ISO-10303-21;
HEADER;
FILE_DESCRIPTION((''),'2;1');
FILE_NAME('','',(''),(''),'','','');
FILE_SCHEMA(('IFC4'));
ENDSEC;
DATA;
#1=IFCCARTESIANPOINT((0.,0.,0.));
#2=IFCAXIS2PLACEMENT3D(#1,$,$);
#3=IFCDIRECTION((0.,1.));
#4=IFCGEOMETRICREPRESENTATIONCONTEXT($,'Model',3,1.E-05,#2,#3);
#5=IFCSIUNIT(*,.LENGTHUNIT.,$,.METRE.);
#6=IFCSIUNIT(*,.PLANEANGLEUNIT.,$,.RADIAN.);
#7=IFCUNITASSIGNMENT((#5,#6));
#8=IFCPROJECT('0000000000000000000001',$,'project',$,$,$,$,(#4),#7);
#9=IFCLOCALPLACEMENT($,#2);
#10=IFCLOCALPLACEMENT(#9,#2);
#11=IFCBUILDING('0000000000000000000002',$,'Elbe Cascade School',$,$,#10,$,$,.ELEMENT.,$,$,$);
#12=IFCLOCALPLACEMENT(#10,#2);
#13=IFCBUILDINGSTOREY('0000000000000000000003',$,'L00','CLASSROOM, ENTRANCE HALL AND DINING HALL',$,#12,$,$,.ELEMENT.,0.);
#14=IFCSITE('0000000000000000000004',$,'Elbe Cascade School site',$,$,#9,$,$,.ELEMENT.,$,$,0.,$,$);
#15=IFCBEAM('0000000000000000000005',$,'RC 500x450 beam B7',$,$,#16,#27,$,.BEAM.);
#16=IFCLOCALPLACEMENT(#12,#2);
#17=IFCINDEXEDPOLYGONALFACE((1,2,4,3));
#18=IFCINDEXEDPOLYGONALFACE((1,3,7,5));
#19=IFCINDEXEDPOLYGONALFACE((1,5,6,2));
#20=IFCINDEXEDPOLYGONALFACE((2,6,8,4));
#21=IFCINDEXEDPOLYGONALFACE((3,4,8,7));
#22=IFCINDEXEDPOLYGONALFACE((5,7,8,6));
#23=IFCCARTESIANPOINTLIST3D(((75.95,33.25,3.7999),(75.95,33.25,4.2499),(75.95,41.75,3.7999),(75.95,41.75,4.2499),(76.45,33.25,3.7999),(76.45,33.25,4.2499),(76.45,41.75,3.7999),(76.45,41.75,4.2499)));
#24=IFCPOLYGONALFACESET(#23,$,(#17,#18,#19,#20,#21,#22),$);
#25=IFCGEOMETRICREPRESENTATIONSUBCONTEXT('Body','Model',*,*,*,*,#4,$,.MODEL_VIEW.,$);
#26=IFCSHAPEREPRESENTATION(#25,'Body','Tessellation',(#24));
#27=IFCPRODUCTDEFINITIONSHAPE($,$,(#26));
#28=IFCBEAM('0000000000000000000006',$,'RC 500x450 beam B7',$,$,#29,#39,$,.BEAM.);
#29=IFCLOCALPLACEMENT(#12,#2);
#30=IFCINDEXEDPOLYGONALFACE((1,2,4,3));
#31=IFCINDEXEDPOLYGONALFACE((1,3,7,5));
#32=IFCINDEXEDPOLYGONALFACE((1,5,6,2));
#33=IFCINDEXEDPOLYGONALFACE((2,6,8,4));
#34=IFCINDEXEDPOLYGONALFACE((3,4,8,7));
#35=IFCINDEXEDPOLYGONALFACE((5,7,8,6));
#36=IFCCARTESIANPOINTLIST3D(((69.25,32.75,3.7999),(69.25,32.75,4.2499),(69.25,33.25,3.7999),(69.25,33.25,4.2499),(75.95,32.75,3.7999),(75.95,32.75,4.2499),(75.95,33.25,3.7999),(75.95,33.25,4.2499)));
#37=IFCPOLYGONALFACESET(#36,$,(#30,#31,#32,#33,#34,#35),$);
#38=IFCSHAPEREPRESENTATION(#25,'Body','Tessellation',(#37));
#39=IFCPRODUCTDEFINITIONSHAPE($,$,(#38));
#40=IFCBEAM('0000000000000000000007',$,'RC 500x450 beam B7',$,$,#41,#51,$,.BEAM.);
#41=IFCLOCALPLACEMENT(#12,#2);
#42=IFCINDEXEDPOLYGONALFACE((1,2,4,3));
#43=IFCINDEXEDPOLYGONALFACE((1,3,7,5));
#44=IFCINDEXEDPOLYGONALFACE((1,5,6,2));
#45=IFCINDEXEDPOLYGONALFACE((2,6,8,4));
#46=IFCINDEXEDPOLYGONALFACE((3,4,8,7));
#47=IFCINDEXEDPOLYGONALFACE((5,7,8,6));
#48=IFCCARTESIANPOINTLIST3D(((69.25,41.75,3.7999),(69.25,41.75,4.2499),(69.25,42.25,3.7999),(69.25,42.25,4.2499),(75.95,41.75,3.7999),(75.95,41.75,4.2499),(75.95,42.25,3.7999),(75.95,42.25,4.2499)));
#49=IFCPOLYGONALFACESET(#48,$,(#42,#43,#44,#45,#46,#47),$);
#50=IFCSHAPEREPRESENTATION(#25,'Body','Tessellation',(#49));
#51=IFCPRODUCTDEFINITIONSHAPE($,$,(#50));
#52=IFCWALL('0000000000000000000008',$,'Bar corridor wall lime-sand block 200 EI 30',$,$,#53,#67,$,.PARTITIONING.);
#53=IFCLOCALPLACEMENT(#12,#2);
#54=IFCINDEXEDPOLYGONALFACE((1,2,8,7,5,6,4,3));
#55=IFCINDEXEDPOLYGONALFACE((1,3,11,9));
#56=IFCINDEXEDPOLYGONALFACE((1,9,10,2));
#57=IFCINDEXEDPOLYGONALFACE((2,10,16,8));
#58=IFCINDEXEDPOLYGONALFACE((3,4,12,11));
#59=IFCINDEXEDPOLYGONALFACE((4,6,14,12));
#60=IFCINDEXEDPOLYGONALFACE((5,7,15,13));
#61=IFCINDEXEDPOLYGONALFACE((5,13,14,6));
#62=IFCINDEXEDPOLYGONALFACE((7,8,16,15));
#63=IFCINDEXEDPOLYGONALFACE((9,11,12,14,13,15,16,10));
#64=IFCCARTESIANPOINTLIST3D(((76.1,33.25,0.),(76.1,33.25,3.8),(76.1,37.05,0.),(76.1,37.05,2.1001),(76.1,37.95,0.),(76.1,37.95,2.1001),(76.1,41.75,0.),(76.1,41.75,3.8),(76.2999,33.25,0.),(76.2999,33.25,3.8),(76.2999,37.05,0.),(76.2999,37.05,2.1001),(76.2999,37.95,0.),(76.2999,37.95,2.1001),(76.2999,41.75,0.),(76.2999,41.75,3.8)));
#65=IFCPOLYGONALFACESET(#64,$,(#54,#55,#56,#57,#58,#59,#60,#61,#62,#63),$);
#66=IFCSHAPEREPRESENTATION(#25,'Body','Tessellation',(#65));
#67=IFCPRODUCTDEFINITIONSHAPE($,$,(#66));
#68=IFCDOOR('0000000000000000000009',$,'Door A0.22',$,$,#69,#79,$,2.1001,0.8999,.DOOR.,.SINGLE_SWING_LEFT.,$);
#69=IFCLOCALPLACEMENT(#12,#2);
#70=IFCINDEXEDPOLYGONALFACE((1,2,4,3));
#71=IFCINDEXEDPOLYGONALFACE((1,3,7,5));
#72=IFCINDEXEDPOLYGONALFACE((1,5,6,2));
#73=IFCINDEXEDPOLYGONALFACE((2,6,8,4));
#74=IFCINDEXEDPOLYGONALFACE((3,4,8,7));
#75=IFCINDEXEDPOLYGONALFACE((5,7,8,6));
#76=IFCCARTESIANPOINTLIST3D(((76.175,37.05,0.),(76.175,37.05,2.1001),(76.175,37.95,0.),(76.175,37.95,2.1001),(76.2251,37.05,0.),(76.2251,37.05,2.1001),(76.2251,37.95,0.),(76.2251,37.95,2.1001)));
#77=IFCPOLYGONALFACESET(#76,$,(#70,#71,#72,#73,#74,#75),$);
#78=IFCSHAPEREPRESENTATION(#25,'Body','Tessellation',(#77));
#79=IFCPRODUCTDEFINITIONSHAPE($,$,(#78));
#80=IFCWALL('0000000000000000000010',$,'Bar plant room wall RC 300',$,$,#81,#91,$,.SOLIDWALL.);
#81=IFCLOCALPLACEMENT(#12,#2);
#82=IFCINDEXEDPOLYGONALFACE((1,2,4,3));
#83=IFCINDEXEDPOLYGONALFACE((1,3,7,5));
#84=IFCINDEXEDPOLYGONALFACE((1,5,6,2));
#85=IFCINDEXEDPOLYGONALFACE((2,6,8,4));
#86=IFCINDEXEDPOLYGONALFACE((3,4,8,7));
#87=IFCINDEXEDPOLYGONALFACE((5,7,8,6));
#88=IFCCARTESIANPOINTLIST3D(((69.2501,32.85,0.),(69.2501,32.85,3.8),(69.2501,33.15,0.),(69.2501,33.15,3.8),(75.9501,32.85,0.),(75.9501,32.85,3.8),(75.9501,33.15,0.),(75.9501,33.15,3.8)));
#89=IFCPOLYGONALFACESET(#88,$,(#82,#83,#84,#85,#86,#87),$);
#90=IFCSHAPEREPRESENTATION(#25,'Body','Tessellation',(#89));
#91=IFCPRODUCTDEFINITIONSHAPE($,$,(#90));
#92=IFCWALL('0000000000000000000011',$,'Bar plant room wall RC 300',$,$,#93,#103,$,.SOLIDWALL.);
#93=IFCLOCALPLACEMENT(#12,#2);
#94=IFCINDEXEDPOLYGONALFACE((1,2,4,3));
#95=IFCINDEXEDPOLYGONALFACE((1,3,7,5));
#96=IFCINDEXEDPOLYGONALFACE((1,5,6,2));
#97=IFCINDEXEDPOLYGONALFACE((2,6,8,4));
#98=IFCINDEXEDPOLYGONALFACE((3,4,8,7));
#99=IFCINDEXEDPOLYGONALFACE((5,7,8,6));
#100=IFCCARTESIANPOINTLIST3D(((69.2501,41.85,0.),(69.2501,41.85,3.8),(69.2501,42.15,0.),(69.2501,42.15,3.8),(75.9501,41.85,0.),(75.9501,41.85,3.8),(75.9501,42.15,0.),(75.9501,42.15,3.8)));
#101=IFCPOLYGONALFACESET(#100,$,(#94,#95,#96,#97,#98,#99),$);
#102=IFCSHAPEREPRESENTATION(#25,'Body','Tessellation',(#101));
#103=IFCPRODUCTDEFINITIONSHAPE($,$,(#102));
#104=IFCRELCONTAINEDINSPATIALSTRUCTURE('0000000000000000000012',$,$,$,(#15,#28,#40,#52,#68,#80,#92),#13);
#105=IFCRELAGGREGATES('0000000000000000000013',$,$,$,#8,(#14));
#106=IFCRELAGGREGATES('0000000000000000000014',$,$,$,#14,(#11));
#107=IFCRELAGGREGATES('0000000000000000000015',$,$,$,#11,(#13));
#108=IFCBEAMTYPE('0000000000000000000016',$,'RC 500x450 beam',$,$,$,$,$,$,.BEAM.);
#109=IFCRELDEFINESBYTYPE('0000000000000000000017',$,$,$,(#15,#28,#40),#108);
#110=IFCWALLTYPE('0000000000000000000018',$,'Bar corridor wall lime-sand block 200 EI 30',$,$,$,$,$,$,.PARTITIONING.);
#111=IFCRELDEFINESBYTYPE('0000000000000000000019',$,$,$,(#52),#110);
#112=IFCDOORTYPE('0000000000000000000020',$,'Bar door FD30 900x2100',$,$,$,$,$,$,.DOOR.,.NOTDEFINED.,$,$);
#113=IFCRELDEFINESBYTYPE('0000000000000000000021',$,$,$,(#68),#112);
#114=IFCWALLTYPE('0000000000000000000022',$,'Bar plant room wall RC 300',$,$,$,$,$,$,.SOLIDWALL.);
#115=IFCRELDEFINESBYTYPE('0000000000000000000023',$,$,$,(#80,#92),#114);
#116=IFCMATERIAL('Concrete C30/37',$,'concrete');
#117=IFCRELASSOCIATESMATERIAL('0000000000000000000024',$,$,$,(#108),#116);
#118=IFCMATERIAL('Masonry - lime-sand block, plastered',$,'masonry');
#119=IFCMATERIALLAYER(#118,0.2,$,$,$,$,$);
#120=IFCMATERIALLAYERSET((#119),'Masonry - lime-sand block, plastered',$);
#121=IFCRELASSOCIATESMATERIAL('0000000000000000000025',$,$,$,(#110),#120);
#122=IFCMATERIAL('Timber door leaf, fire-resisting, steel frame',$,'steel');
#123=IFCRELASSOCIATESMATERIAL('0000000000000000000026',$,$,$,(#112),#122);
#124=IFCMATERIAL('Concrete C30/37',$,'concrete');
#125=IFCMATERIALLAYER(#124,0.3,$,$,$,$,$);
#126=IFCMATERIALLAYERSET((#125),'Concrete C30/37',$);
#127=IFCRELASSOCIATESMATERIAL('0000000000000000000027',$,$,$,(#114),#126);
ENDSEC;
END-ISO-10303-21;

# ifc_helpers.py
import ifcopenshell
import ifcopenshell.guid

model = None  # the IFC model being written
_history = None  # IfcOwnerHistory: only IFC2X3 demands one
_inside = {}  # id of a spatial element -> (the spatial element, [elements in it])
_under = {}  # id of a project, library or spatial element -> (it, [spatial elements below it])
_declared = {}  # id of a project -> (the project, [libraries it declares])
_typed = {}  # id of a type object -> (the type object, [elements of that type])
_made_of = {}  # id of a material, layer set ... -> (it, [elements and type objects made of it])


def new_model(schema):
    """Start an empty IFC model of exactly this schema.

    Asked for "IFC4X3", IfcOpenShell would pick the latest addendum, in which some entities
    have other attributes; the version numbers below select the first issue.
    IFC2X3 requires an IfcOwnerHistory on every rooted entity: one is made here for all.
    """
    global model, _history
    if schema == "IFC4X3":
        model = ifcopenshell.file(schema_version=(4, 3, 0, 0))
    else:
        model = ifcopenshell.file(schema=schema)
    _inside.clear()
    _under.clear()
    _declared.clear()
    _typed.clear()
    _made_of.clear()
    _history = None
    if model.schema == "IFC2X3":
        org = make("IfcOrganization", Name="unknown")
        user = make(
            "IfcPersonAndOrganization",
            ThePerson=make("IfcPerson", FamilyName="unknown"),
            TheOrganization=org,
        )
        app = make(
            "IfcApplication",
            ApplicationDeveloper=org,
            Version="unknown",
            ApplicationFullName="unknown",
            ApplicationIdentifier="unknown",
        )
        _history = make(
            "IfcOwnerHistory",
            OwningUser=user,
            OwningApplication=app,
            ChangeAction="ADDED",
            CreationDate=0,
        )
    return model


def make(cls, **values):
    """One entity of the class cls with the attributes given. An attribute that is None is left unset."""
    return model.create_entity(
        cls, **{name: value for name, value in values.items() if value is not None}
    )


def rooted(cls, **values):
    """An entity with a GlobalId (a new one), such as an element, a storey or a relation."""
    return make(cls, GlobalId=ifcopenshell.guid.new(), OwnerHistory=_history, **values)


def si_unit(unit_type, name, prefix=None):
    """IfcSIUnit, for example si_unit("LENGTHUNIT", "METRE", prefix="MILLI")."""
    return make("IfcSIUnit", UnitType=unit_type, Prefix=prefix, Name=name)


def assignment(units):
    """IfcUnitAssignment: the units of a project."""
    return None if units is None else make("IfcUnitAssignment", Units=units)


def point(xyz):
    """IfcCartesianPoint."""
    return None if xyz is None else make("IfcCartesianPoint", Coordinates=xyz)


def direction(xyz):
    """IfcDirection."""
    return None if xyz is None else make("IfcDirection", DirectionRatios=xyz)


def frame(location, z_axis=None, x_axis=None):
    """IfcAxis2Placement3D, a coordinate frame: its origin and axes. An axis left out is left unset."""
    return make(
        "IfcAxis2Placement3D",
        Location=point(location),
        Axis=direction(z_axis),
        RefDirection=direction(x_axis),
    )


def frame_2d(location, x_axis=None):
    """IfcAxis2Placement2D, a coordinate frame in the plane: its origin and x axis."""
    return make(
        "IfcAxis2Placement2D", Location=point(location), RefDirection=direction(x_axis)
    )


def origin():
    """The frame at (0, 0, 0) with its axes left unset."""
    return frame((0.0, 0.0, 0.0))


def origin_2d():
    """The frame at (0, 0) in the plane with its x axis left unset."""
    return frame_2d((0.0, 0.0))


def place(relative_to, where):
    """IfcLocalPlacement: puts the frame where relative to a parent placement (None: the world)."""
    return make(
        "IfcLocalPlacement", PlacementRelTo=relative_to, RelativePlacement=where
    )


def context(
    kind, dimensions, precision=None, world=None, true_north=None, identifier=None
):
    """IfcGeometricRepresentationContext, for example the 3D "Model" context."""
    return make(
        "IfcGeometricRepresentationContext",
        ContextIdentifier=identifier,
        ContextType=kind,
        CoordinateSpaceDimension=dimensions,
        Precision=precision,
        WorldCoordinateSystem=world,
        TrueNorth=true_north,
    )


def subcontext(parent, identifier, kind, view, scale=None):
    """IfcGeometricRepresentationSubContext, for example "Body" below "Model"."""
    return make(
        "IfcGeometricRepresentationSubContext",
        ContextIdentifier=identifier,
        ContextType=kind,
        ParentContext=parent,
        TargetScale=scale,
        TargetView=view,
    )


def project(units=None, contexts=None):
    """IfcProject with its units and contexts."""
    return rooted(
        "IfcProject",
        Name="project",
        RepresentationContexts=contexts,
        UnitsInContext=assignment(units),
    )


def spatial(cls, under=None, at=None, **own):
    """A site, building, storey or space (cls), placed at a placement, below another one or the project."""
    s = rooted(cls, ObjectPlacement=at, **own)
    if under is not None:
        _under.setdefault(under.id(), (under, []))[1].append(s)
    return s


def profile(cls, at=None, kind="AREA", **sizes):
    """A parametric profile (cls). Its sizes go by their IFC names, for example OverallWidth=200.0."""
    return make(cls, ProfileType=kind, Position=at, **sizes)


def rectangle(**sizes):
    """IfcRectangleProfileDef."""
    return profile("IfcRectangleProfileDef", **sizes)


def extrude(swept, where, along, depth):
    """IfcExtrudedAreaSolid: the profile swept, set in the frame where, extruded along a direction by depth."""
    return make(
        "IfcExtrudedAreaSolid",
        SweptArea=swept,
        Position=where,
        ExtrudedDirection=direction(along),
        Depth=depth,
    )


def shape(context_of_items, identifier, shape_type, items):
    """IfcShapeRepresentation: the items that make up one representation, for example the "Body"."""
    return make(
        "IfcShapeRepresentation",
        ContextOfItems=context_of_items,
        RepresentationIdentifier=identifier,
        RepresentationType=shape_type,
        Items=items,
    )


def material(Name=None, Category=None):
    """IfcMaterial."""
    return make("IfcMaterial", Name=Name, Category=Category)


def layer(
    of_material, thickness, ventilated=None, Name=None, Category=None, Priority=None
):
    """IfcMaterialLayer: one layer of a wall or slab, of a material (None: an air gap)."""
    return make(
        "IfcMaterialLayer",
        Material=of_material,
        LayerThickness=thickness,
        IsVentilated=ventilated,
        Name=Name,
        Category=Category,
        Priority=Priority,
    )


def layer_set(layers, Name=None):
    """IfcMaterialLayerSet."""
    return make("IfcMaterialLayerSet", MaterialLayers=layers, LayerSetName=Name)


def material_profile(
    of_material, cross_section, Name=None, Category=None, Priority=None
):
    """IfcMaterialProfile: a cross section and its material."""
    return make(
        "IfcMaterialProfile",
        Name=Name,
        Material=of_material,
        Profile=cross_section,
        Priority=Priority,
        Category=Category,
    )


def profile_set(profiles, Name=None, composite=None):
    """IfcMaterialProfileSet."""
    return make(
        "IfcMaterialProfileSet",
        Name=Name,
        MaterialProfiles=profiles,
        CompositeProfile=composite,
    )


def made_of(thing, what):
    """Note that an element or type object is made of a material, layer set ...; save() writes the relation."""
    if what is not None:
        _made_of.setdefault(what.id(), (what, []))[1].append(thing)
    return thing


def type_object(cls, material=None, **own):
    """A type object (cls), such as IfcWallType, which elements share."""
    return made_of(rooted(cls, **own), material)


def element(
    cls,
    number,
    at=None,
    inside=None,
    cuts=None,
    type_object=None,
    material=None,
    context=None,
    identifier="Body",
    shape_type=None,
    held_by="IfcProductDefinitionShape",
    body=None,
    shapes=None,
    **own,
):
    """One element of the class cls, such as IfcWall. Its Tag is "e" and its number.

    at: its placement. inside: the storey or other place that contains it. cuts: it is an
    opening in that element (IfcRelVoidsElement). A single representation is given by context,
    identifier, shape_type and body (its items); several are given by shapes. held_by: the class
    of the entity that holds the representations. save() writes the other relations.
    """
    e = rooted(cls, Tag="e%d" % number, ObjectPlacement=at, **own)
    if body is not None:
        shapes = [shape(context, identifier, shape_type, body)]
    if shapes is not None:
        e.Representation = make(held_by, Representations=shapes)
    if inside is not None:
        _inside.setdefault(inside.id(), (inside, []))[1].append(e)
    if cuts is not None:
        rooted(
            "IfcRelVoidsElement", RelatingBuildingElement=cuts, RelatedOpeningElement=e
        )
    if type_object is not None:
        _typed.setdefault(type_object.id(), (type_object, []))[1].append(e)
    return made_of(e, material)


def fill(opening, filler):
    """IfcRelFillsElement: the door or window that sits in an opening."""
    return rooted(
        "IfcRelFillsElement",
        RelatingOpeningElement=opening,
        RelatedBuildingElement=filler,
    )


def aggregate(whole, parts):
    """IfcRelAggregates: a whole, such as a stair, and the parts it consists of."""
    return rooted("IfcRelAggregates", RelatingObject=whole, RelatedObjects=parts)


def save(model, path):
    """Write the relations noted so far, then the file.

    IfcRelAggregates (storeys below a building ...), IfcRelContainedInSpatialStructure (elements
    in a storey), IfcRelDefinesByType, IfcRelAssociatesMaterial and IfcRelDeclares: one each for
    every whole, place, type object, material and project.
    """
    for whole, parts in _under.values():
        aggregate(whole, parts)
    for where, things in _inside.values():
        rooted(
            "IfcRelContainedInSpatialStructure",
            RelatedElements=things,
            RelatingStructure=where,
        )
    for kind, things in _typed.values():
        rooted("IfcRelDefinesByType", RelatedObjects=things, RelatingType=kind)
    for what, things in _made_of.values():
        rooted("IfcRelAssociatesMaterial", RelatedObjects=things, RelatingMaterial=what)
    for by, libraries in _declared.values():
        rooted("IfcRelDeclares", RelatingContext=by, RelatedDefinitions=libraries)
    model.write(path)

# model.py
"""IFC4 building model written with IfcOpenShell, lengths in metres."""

from ifc_helpers import new_model, si_unit, direction, frame, frame_2d, origin, origin_2d, place, context, subcontext, project, spatial, rectangle, extrude, material, layer, layer_set, material_profile, profile_set, type_object, element, fill, save


model = new_model("IFC4")

# Units and contexts
model_context = context("Model", 3, precision=1e-05, world=origin(), true_north=direction((0.0, 1.0)))
body_context = subcontext(model_context, "Body", "Model", "MODEL_VIEW")
ifc_project = project(units=[si_unit("LENGTHUNIT", "METRE"), si_unit("PLANEANGLEUNIT", "RADIAN")], contexts=[model_context])

# Site, building, storey
site_placement = place(None, origin())
site = spatial("IfcSite", under=ifc_project, at=site_placement, Name="Elbe Cascade School site", CompositionType="ELEMENT", RefElevation=0.0)
building_placement = place(site_placement, origin())
building = spatial("IfcBuilding", under=site, at=building_placement, Name="Elbe Cascade School", CompositionType="ELEMENT")
storey_placement = place(building_placement, origin())
storey = spatial("IfcBuildingStorey", under=building, at=storey_placement, Name="L00", Description="CLASSROOM, ENTRANCE HALL AND DINING HALL", CompositionType="ELEMENT", Elevation=0.0)

# Beams
ifc_material_1 = material(Name="Concrete C30/37", Category="concrete")
ifc_material_profile_1 = material_profile(ifc_material_1, rectangle(XDim=0.5, YDim=0.45, at=origin_2d()), Name="RC 500x450")
ifc_profile_set_1 = profile_set([ifc_material_profile_1], Name="Concrete C30/37")
beam_type_1 = type_object("IfcBeamType", Name="RC 500x450 beam", PredefinedType="BEAM", material=ifc_profile_set_1)
beam_1_placement = place(storey_placement, frame((76.2, 33.25, 4.0249), z_axis=(0.0, 1.0, 0.0), x_axis=(-1.0, 0.0, 0.0)))
element("IfcBeam", 1, at=beam_1_placement, inside=storey, type_object=beam_type_1, Name="RC 500x450 beam B7", PredefinedType="BEAM", context=body_context, shape_type="SweptSolid", body=[
    extrude(rectangle(XDim=0.5, YDim=0.45, at=origin_2d()), origin(), (0.0, 0.0, 1.0), 8.5),
])
for number, where, z_axis, x_axis, name in (
    (2, (69.25, 33.0, 4.0249), (1.0, 0.0, 0.0), (0.0, 1.0, 0.0), "RC 500x450 beam B7"),
    (3, (69.25, 42.0, 4.0249), (1.0, 0.0, 0.0), (0.0, 1.0, 0.0), "RC 500x450 beam B7"),
):
    element("IfcBeam", number, at=place(storey_placement, frame(where, z_axis=z_axis, x_axis=x_axis)), inside=storey, type_object=beam_type_1, Name=name, PredefinedType="BEAM", context=body_context, shape_type="SweptSolid", body=[
        extrude(rectangle(XDim=0.5, YDim=0.45, at=origin_2d()), origin(), (0.0, 0.0, 1.0), 6.7),
    ])

# Wall, opening, door
ifc_material_2 = material(Name="Masonry - lime-sand block, plastered", Category="masonry")
ifc_layer_1 = layer(ifc_material_2, 0.2)
ifc_layer_set_1 = layer_set([ifc_layer_1], Name="Masonry - lime-sand block, plastered")
wall_type_1 = type_object("IfcWallType", Name="Bar corridor wall lime-sand block 200 EI 30", PredefinedType="PARTITIONING", material=ifc_layer_set_1)
wall_placement = place(storey_placement, frame((76.2, 33.25, 0.0), z_axis=(0.0, 0.0, 1.0), x_axis=(0.0, 1.0, 0.0)))
wall = element("IfcWall", 4, at=wall_placement, inside=storey, type_object=wall_type_1, Name="Bar corridor wall lime-sand block 200 EI 30", PredefinedType="PARTITIONING", context=body_context, shape_type="SweptSolid", body=[
    extrude(rectangle(XDim=8.5, YDim=0.2, at=frame_2d((4.25, 0.0))), origin(), (0.0, 0.0, 1.0), 3.8),
])
opening_placement = place(wall_placement, frame((3.8, 0.0, 0.0)))
opening = element("IfcOpeningElement", 5, at=opening_placement, cuts=wall, PredefinedType="OPENING", context=body_context, shape_type="SweptSolid", body=[
    extrude(rectangle(XDim=0.8999, YDim=2.1001, at=frame_2d((0.45, 1.05))), frame((0.0, 0.1099, 0.0), z_axis=(0.0, -1.0, 0.0), x_axis=(1.0, 0.0, 0.0)), (0.0, 0.0, 1.0), 0.22),
])
ifc_material_3 = material(Name="Timber door leaf, fire-resisting, steel frame", Category="steel")
door_type = type_object("IfcDoorType", Name="Bar door FD30 900x2100", OperationType="NOTDEFINED", PredefinedType="DOOR", material=ifc_material_3)
door_placement = place(opening_placement, origin())
door = element("IfcDoor", 6, at=door_placement, inside=storey, type_object=door_type, Name="Door A0.22", OperationType="SINGLE_SWING_LEFT", OverallHeight=2.1001, OverallWidth=0.8999, PredefinedType="DOOR", context=body_context, shape_type="SweptSolid", body=[
    extrude(rectangle(XDim=0.8999, YDim=2.1001, at=frame_2d((0.45, 1.05))), frame((0.0, 0.0249, 0.0), z_axis=(0.0, -1.0, 0.0), x_axis=(1.0, 0.0, 0.0)), (0.0, 0.0, 1.0), 0.05),
])
fill(opening, door)

# Walls
ifc_material_4 = material(Name="Concrete C30/37", Category="concrete")
ifc_layer_2 = layer(ifc_material_4, 0.3)
ifc_layer_set_2 = layer_set([ifc_layer_2], Name="Concrete C30/37")
wall_type_2 = type_object("IfcWallType", Name="Bar plant room wall RC 300", PredefinedType="SOLIDWALL", material=ifc_layer_set_2)
for number, where, z_axis, x_axis, name in (
    (7, (69.25, 33.0, 0.0), (0.0, 0.0, 1.0), (1.0, 0.0, 0.0), "Bar plant room wall RC 300"),
    (8, (69.25, 42.0, 0.0), (0.0, 0.0, 1.0), (1.0, 0.0, 0.0), "Bar plant room wall RC 300"),
):
    element("IfcWall", number, at=place(storey_placement, frame(where, z_axis=z_axis, x_axis=x_axis)), inside=storey, type_object=wall_type_2, Name=name, PredefinedType="SOLIDWALL", context=body_context, shape_type="SweptSolid", body=[
        extrude(rectangle(XDim=6.7, YDim=0.3, at=frame_2d((3.3501, 0.0))), origin(), (0.0, 0.0, 1.0), 3.8),
    ])

save(model, "model.ifc")
